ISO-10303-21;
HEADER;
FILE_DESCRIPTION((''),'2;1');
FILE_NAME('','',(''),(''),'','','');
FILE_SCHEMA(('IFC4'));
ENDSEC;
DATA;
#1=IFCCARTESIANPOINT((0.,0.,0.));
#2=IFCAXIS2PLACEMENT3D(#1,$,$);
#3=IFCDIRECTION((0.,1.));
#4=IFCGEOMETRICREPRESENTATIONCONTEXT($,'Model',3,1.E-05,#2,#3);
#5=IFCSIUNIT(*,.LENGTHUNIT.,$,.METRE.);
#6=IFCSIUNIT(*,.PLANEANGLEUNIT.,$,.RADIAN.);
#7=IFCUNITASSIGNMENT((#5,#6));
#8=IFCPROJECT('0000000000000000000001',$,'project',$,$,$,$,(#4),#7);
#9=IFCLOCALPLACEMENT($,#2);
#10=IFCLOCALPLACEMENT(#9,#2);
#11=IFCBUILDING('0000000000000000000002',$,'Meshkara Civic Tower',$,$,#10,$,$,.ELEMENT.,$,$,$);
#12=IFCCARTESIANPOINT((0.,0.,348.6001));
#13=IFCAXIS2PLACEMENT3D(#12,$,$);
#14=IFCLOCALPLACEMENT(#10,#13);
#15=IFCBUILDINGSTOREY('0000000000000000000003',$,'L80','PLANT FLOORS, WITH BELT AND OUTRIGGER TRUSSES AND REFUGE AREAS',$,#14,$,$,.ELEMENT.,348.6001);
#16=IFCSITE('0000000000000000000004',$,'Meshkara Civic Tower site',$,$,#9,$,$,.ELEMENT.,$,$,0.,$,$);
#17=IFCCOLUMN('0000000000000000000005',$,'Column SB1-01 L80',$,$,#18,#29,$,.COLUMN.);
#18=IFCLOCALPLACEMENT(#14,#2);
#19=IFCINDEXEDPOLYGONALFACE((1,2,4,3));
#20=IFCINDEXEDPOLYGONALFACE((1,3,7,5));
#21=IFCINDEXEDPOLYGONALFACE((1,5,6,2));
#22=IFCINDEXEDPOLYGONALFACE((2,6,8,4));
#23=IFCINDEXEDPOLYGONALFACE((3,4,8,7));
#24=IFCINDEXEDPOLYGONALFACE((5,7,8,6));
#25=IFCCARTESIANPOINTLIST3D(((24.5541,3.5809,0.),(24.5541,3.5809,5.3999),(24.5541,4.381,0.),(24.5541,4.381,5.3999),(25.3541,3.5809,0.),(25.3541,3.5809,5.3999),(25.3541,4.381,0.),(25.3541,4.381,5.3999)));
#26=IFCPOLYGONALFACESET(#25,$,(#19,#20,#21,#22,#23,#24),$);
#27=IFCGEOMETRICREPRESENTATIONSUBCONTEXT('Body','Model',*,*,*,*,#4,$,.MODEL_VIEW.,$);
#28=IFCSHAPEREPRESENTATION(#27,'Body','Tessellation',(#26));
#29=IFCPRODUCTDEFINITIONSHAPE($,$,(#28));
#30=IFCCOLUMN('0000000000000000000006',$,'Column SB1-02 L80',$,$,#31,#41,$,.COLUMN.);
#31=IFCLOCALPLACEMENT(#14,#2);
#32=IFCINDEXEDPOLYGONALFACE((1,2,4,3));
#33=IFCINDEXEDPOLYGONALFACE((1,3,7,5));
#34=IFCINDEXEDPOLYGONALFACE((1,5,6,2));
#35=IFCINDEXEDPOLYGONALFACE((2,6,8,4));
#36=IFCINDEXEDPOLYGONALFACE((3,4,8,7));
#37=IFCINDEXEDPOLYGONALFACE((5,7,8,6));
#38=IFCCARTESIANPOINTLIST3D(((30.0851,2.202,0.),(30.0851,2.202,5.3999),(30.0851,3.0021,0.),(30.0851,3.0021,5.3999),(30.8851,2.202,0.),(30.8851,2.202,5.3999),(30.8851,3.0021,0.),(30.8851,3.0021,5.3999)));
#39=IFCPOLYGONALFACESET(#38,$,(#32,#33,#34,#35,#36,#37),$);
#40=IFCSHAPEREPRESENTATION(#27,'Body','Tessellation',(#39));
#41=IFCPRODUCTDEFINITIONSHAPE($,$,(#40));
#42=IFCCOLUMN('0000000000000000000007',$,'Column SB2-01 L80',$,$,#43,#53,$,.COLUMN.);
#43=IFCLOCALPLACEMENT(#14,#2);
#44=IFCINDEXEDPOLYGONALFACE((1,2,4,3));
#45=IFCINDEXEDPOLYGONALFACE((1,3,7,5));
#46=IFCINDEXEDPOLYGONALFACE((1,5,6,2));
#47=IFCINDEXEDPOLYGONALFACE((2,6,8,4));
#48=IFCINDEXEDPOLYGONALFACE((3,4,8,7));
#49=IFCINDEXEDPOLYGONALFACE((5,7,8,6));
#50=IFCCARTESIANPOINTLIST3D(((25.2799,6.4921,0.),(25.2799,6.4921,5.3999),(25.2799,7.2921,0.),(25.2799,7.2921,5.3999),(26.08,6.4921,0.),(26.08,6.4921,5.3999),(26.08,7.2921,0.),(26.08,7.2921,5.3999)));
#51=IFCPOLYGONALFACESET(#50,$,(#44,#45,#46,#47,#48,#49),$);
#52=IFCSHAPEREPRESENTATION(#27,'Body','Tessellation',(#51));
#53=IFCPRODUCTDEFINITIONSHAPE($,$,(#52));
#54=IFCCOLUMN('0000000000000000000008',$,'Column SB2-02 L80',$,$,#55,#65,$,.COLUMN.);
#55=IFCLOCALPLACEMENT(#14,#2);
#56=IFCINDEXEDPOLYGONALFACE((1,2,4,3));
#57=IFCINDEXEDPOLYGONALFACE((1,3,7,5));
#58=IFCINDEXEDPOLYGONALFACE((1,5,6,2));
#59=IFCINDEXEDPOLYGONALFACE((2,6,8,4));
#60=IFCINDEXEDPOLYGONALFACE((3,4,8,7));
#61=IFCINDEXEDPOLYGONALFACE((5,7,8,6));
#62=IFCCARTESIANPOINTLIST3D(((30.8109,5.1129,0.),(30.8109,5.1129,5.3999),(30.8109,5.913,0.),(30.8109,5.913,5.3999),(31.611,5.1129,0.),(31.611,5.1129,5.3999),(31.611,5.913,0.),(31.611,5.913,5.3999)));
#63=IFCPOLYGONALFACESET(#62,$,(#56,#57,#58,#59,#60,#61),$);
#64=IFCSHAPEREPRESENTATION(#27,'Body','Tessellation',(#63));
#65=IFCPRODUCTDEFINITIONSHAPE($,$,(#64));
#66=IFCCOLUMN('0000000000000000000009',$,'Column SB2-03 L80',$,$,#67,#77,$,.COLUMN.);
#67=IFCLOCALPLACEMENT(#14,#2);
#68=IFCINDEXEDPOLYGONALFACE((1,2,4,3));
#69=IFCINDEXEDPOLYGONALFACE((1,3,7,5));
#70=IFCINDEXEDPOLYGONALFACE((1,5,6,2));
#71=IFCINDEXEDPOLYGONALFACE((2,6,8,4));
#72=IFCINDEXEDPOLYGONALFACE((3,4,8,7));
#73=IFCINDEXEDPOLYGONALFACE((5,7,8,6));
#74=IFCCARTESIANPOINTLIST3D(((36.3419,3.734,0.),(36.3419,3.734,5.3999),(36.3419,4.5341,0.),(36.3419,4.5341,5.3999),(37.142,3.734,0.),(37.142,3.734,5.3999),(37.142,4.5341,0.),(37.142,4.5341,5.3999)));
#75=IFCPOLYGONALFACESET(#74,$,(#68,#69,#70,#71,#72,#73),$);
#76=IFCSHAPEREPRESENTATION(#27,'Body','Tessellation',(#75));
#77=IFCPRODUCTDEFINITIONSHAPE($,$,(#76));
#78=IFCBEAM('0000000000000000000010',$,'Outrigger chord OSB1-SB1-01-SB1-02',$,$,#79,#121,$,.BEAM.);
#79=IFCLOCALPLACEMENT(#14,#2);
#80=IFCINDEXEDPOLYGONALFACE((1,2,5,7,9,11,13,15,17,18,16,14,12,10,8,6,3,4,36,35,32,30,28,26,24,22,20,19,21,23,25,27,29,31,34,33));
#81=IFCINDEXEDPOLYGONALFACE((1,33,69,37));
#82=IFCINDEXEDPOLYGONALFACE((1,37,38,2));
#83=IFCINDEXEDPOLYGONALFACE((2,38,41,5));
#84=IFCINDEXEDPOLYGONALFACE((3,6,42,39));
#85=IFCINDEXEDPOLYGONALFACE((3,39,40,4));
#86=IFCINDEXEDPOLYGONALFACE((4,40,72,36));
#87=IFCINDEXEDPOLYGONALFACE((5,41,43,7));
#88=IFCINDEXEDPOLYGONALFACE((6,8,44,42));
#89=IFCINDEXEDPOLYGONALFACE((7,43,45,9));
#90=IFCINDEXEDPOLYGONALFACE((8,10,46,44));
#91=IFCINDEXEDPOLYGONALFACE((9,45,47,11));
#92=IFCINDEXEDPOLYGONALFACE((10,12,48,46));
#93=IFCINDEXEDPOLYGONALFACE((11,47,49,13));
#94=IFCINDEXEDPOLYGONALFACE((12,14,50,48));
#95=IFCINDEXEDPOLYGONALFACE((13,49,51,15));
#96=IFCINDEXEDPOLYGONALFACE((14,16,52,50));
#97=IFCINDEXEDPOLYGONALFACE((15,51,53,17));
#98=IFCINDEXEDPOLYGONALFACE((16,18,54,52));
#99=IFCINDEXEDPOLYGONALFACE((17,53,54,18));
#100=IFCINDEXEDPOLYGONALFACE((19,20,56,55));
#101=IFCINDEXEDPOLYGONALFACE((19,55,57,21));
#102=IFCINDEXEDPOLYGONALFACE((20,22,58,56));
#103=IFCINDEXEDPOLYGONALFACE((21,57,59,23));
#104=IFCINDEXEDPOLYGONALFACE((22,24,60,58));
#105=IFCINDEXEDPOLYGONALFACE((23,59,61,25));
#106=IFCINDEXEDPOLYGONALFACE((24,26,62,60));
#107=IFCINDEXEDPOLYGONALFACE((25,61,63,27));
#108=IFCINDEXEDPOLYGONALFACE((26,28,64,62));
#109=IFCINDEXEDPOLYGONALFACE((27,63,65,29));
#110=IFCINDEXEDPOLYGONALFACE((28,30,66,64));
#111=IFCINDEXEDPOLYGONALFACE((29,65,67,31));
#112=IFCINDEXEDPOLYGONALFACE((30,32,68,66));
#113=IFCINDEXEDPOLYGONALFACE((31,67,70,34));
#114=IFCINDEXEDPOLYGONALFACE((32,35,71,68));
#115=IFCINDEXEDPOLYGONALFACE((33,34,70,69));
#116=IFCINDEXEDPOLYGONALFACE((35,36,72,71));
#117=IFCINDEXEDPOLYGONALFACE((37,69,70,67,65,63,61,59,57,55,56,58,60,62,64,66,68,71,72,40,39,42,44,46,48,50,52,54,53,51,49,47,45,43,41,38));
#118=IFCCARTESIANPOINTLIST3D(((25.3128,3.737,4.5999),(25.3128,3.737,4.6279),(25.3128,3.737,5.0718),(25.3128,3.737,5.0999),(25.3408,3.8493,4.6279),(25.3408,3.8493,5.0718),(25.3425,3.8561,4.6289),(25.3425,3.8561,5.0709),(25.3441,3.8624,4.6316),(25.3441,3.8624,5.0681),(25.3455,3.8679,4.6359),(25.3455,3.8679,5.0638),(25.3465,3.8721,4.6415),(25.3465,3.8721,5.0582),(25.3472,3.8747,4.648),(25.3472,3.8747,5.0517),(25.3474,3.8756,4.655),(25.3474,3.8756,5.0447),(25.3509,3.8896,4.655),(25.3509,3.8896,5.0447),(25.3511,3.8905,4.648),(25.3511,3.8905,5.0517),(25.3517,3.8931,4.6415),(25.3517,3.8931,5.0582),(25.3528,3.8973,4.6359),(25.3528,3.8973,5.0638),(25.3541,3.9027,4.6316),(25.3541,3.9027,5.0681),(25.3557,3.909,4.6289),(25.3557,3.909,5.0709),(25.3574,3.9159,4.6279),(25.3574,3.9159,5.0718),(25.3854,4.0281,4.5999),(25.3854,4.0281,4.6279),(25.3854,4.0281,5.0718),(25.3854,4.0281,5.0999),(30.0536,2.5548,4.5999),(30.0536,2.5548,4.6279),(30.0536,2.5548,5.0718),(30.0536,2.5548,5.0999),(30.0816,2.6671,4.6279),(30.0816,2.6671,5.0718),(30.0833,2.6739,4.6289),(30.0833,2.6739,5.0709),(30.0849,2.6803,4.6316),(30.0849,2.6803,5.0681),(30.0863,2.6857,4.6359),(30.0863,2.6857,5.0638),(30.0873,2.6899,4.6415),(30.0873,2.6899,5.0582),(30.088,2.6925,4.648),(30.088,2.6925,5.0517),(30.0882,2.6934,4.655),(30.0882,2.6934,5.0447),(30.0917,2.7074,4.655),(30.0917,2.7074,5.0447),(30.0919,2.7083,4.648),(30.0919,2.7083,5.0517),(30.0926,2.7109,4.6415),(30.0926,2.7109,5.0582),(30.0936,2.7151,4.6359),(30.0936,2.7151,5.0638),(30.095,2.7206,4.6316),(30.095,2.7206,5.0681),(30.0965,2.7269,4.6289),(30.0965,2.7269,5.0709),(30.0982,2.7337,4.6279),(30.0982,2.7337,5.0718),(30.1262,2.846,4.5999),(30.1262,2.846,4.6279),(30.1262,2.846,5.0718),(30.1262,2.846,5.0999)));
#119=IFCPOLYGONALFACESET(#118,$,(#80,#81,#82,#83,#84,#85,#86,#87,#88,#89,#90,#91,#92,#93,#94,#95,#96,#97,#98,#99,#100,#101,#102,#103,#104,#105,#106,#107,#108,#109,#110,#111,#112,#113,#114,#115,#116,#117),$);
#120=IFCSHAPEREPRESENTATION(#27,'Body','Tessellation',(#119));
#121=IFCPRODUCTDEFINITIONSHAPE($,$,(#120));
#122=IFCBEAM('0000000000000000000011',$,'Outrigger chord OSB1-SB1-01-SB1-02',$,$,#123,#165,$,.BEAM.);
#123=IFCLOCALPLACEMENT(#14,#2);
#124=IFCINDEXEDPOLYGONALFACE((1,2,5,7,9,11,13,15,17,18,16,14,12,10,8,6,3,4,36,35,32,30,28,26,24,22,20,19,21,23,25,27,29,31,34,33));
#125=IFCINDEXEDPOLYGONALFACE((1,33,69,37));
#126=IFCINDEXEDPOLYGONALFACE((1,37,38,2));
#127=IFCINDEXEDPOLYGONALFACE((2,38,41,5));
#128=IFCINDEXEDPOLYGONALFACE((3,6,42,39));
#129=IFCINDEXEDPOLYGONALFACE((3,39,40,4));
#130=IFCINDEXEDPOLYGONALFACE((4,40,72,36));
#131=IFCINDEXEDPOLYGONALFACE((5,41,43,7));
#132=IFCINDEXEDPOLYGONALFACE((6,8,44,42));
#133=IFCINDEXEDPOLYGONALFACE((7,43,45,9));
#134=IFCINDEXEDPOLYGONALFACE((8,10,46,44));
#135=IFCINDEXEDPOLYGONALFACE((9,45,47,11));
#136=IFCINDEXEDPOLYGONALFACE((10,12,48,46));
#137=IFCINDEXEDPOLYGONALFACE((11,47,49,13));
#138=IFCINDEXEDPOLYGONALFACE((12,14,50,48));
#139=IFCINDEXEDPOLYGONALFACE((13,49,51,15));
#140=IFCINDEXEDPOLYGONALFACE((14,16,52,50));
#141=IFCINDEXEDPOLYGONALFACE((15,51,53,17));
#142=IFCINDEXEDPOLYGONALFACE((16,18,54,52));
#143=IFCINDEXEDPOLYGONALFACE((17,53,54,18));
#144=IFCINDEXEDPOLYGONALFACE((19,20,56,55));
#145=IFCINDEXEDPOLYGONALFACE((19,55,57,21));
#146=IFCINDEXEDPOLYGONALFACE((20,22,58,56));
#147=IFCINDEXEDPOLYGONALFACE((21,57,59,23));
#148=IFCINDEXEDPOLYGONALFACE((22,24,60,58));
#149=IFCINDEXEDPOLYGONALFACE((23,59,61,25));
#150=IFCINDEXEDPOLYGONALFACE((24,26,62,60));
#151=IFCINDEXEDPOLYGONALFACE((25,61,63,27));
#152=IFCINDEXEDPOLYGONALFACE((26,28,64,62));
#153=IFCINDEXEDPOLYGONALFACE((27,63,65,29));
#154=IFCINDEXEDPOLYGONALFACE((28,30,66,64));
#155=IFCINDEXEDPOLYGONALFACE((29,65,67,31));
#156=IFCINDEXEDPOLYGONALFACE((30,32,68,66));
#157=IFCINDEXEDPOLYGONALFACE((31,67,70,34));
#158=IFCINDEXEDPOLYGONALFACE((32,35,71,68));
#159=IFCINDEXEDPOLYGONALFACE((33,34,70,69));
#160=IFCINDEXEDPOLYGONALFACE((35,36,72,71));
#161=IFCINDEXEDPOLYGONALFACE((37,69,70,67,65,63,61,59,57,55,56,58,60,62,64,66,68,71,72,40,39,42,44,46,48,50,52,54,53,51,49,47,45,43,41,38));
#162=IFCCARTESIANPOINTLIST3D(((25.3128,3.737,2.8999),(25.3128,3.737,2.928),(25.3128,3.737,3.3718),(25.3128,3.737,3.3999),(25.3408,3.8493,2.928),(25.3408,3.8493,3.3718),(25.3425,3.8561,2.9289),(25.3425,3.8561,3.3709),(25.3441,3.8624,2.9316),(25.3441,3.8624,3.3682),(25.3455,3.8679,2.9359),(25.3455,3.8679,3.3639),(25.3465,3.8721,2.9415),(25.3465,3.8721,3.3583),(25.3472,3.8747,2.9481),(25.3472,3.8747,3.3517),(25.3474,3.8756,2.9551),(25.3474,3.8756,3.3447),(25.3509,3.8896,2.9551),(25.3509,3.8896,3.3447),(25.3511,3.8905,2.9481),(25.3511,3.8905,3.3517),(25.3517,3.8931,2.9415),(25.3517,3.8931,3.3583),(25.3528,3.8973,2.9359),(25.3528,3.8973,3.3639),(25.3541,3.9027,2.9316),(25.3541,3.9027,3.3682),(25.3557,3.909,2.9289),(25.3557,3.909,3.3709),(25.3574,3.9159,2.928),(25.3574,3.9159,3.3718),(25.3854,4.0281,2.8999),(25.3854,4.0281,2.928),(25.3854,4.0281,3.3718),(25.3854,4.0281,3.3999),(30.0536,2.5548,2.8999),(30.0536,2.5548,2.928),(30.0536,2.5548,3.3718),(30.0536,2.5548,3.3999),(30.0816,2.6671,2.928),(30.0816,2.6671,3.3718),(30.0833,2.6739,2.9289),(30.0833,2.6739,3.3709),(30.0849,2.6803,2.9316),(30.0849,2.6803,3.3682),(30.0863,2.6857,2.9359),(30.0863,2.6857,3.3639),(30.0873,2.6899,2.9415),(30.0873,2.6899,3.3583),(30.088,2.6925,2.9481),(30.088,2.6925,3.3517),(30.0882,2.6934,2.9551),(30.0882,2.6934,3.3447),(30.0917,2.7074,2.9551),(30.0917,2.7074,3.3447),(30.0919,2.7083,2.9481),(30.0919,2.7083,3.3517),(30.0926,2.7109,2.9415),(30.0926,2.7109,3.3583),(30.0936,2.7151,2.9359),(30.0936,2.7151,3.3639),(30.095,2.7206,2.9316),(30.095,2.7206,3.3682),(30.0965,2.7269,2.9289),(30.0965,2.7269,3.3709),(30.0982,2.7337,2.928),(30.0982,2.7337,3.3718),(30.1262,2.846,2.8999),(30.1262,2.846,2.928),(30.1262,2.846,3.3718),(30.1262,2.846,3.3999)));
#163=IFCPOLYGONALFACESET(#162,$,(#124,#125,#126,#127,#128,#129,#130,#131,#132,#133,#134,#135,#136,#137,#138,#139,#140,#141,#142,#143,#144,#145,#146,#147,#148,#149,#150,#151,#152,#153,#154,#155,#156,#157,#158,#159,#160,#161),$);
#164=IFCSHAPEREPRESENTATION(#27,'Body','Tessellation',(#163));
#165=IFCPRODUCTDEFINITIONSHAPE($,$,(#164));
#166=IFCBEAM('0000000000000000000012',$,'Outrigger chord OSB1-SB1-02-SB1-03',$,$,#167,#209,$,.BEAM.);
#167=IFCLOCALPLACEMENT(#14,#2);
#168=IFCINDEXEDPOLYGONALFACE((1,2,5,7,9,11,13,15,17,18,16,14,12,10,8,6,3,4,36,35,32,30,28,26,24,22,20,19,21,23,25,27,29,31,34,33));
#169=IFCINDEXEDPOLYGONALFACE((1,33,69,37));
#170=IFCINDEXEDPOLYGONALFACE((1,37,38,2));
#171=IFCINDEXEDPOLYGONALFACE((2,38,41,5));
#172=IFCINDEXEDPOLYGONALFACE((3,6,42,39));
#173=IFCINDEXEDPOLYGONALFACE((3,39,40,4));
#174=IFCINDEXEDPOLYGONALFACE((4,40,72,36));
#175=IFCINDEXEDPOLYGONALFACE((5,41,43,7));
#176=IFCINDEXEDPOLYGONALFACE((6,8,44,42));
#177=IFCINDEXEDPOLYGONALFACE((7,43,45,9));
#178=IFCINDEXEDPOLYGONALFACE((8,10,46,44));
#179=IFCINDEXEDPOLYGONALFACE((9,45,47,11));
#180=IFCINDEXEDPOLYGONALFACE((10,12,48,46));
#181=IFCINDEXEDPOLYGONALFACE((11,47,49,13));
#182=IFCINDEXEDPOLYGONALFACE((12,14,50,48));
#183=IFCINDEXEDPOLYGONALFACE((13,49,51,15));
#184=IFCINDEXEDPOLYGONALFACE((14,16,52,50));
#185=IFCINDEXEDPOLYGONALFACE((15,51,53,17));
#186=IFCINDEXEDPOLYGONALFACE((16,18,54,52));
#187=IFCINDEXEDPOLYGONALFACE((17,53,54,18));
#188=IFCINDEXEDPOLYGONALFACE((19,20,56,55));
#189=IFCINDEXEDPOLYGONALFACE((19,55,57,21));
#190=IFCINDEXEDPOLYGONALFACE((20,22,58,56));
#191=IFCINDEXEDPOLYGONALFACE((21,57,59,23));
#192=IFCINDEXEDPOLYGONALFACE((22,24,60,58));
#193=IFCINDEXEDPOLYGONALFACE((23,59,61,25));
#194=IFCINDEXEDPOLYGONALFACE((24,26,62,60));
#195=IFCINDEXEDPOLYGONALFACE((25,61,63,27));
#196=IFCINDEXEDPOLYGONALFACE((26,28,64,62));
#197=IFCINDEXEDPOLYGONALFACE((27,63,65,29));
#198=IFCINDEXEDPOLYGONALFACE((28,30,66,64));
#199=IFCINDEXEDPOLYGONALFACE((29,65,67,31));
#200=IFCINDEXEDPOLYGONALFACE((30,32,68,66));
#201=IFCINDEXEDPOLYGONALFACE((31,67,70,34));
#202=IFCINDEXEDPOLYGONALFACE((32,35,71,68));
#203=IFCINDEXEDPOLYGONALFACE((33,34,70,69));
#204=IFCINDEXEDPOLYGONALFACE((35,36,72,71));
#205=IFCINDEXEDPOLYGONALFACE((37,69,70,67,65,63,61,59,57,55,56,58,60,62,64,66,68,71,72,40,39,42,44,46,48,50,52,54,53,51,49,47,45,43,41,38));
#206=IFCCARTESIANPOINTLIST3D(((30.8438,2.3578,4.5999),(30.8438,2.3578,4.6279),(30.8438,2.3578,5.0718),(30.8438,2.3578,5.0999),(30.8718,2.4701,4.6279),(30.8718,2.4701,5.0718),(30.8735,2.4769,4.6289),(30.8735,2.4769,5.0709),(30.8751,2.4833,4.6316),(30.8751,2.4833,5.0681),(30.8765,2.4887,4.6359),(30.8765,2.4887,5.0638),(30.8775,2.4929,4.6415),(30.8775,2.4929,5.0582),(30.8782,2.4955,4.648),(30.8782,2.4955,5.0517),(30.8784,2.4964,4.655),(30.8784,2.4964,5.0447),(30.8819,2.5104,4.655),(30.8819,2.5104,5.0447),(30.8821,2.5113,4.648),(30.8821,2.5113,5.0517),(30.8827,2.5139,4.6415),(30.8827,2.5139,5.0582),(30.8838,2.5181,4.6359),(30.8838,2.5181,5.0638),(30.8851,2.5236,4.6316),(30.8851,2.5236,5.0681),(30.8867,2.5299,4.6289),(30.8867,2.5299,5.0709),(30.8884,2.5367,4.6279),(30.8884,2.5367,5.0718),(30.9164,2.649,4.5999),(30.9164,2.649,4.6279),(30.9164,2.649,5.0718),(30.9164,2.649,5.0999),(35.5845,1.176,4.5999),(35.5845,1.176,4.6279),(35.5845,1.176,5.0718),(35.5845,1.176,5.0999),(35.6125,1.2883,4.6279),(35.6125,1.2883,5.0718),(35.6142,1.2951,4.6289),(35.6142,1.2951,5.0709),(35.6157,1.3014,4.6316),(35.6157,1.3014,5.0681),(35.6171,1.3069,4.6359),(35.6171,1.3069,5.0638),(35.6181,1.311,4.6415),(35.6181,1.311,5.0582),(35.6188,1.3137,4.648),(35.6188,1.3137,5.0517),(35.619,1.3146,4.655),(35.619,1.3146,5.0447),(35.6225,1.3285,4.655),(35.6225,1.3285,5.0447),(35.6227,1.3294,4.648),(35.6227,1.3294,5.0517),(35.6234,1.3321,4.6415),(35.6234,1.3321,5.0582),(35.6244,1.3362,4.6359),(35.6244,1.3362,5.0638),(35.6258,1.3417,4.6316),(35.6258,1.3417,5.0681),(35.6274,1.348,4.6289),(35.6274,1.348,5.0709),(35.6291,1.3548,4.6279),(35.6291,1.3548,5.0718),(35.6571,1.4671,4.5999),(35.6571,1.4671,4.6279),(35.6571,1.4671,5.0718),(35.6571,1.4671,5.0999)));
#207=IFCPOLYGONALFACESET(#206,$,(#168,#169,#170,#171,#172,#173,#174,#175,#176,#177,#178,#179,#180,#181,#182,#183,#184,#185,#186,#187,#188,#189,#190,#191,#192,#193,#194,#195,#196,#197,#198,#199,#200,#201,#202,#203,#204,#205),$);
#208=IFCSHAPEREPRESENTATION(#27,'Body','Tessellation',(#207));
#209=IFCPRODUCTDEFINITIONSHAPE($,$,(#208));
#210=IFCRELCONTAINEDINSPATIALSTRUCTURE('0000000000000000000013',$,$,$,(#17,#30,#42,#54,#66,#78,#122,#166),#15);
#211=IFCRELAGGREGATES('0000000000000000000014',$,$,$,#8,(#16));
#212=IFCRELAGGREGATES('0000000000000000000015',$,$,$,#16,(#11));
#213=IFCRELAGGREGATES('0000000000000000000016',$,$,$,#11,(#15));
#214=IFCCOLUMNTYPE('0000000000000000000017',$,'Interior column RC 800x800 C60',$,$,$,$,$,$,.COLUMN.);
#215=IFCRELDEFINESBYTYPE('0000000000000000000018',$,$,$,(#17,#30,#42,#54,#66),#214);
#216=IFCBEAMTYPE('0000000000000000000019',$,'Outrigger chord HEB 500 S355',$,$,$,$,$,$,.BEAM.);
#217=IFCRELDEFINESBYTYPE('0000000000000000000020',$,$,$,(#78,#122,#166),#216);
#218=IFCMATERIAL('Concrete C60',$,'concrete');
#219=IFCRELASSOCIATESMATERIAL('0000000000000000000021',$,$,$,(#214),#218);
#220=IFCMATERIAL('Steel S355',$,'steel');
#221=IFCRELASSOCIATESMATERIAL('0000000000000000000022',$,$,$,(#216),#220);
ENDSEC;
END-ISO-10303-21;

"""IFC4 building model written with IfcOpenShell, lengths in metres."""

from ifc_helpers import new_model, si_unit, direction, frame, origin, origin_2d, place, context, subcontext, project, spatial, rectangle, i_section, extrude, material, material_profile, profile_set, type_object, element, save


model = new_model("IFC4")

# Units and contexts
model_context = context("Model", 3, precision=1e-05, world=origin(), true_north=direction((0.0, 1.0)))
body_context = subcontext(model_context, "Body", "Model", "MODEL_VIEW")
ifc_project = project(units=[si_unit("LENGTHUNIT", "METRE"), si_unit("PLANEANGLEUNIT", "RADIAN")], contexts=[model_context])

# Site, building, storey
site_placement = place(None, origin())
site = spatial("IfcSite", under=ifc_project, at=site_placement, Name="Meshkara Civic Tower site", CompositionType="ELEMENT", RefElevation=0.0)
building_placement = place(site_placement, origin())
building = spatial("IfcBuilding", under=site, at=building_placement, Name="Meshkara Civic Tower", CompositionType="ELEMENT")
storey_placement = place(building_placement, frame((0.0, 0.0, 348.6001)))
storey = spatial("IfcBuildingStorey", under=building, at=storey_placement, Name="L80", Description="PLANT FLOORS, WITH BELT AND OUTRIGGER TRUSSES AND REFUGE AREAS", CompositionType="ELEMENT", Elevation=348.6001)

# Columns
ifc_material_1 = material(Name="Concrete C60", Category="concrete")
ifc_material_profile_1 = material_profile(ifc_material_1, rectangle(XDim=0.8, YDim=0.8, at=origin_2d()))
ifc_profile_set_1 = profile_set([ifc_material_profile_1], Name="Concrete C60")
column_type = type_object("IfcColumnType", Name="Interior column RC 800x800 C60", PredefinedType="COLUMN", material=ifc_profile_set_1)
for number, where, z_axis, x_axis, name in (
    (1, (24.9541, 3.981, 0.0), (0.0, 0.0, 1.0), (1.0, 0.0, 0.0), "Column SB1-01 L80"),
    (2, (30.4851, 2.6021, 0.0), (0.0, 0.0, 1.0), (1.0, 0.0, 0.0), "Column SB1-02 L80"),
    (3, (25.6799, 6.8921, 0.0), (0.0, 0.0, 1.0), (1.0, 0.0, 0.0), "Column SB2-01 L80"),
    (4, (31.2109, 5.5129, 0.0), (0.0, 0.0, 1.0), (1.0, 0.0, 0.0), "Column SB2-02 L80"),
    (5, (36.7419, 4.134, 0.0), (0.0, 0.0, 1.0), (1.0, 0.0, 0.0), "Column SB2-03 L80"),
):
    element("IfcColumn", number, at=place(storey_placement, frame(where, z_axis=z_axis, x_axis=x_axis)), inside=storey, type_object=column_type, Name=name, PredefinedType="COLUMN", context=body_context, shape_type="SweptSolid", body=[
        extrude(rectangle(XDim=0.8, YDim=0.8, at=origin_2d()), origin(), (0.0, 0.0, 1.0), 5.3999),
    ])

# Beams
ifc_material_2 = material(Name="Steel S355", Category="steel")
ifc_material_profile_2 = material_profile(ifc_material_2, i_section(OverallWidth=0.3, OverallDepth=0.5, WebThickness=0.0144, FlangeThickness=0.0281, FilletRadius=0.0271, at=origin_2d()))
ifc_profile_set_2 = profile_set([ifc_material_profile_2], Name="Steel S355")
beam_type = type_object("IfcBeamType", Name="Outrigger chord HEB 500 S355", PredefinedType="BEAM", material=ifc_profile_set_2)
for number, where, z_axis, x_axis, name in (
    (6, (25.3491, 3.8826, 4.8499), (0.970289, -0.241948, 0.0), (0.241948, 0.970289, 0.0), "Outrigger chord OSB1-SB1-01-SB1-02"),
    (7, (25.3491, 3.8826, 3.1499), (0.970289, -0.241948, 0.0), (0.241948, 0.970289, 0.0), "Outrigger chord OSB1-SB1-01-SB1-02"),
):
    element("IfcBeam", number, at=place(storey_placement, frame(where, z_axis=z_axis, x_axis=x_axis)), inside=storey, type_object=beam_type, Name=name, PredefinedType="BEAM", context=body_context, shape_type="SweptSolid", body=[
        extrude(i_section(OverallWidth=0.3, OverallDepth=0.5, WebThickness=0.0144, FlangeThickness=0.0281, FilletRadius=0.0271, at=origin_2d()), origin(), (0.0, 0.0, 1.0), 4.886),
    ])
for number, where, z_axis, x_axis, name in (
    (8, (30.8801, 2.5034, 4.8499), (0.970301, -0.241901, 0.0), (0.241901, 0.970301, 0.0), "Outrigger chord OSB1-SB1-02-SB1-03"),
):
    element("IfcBeam", number, at=place(storey_placement, frame(where, z_axis=z_axis, x_axis=x_axis)), inside=storey, type_object=beam_type, Name=name, PredefinedType="BEAM", context=body_context, shape_type="SweptSolid", body=[
        extrude(i_section(OverallWidth=0.3, OverallDepth=0.5, WebThickness=0.0144, FlangeThickness=0.0281, FilletRadius=0.0271, at=origin_2d()), origin(), (0.0, 0.0, 1.0), 4.8857),
    ])

save(model, "model.ifc")
